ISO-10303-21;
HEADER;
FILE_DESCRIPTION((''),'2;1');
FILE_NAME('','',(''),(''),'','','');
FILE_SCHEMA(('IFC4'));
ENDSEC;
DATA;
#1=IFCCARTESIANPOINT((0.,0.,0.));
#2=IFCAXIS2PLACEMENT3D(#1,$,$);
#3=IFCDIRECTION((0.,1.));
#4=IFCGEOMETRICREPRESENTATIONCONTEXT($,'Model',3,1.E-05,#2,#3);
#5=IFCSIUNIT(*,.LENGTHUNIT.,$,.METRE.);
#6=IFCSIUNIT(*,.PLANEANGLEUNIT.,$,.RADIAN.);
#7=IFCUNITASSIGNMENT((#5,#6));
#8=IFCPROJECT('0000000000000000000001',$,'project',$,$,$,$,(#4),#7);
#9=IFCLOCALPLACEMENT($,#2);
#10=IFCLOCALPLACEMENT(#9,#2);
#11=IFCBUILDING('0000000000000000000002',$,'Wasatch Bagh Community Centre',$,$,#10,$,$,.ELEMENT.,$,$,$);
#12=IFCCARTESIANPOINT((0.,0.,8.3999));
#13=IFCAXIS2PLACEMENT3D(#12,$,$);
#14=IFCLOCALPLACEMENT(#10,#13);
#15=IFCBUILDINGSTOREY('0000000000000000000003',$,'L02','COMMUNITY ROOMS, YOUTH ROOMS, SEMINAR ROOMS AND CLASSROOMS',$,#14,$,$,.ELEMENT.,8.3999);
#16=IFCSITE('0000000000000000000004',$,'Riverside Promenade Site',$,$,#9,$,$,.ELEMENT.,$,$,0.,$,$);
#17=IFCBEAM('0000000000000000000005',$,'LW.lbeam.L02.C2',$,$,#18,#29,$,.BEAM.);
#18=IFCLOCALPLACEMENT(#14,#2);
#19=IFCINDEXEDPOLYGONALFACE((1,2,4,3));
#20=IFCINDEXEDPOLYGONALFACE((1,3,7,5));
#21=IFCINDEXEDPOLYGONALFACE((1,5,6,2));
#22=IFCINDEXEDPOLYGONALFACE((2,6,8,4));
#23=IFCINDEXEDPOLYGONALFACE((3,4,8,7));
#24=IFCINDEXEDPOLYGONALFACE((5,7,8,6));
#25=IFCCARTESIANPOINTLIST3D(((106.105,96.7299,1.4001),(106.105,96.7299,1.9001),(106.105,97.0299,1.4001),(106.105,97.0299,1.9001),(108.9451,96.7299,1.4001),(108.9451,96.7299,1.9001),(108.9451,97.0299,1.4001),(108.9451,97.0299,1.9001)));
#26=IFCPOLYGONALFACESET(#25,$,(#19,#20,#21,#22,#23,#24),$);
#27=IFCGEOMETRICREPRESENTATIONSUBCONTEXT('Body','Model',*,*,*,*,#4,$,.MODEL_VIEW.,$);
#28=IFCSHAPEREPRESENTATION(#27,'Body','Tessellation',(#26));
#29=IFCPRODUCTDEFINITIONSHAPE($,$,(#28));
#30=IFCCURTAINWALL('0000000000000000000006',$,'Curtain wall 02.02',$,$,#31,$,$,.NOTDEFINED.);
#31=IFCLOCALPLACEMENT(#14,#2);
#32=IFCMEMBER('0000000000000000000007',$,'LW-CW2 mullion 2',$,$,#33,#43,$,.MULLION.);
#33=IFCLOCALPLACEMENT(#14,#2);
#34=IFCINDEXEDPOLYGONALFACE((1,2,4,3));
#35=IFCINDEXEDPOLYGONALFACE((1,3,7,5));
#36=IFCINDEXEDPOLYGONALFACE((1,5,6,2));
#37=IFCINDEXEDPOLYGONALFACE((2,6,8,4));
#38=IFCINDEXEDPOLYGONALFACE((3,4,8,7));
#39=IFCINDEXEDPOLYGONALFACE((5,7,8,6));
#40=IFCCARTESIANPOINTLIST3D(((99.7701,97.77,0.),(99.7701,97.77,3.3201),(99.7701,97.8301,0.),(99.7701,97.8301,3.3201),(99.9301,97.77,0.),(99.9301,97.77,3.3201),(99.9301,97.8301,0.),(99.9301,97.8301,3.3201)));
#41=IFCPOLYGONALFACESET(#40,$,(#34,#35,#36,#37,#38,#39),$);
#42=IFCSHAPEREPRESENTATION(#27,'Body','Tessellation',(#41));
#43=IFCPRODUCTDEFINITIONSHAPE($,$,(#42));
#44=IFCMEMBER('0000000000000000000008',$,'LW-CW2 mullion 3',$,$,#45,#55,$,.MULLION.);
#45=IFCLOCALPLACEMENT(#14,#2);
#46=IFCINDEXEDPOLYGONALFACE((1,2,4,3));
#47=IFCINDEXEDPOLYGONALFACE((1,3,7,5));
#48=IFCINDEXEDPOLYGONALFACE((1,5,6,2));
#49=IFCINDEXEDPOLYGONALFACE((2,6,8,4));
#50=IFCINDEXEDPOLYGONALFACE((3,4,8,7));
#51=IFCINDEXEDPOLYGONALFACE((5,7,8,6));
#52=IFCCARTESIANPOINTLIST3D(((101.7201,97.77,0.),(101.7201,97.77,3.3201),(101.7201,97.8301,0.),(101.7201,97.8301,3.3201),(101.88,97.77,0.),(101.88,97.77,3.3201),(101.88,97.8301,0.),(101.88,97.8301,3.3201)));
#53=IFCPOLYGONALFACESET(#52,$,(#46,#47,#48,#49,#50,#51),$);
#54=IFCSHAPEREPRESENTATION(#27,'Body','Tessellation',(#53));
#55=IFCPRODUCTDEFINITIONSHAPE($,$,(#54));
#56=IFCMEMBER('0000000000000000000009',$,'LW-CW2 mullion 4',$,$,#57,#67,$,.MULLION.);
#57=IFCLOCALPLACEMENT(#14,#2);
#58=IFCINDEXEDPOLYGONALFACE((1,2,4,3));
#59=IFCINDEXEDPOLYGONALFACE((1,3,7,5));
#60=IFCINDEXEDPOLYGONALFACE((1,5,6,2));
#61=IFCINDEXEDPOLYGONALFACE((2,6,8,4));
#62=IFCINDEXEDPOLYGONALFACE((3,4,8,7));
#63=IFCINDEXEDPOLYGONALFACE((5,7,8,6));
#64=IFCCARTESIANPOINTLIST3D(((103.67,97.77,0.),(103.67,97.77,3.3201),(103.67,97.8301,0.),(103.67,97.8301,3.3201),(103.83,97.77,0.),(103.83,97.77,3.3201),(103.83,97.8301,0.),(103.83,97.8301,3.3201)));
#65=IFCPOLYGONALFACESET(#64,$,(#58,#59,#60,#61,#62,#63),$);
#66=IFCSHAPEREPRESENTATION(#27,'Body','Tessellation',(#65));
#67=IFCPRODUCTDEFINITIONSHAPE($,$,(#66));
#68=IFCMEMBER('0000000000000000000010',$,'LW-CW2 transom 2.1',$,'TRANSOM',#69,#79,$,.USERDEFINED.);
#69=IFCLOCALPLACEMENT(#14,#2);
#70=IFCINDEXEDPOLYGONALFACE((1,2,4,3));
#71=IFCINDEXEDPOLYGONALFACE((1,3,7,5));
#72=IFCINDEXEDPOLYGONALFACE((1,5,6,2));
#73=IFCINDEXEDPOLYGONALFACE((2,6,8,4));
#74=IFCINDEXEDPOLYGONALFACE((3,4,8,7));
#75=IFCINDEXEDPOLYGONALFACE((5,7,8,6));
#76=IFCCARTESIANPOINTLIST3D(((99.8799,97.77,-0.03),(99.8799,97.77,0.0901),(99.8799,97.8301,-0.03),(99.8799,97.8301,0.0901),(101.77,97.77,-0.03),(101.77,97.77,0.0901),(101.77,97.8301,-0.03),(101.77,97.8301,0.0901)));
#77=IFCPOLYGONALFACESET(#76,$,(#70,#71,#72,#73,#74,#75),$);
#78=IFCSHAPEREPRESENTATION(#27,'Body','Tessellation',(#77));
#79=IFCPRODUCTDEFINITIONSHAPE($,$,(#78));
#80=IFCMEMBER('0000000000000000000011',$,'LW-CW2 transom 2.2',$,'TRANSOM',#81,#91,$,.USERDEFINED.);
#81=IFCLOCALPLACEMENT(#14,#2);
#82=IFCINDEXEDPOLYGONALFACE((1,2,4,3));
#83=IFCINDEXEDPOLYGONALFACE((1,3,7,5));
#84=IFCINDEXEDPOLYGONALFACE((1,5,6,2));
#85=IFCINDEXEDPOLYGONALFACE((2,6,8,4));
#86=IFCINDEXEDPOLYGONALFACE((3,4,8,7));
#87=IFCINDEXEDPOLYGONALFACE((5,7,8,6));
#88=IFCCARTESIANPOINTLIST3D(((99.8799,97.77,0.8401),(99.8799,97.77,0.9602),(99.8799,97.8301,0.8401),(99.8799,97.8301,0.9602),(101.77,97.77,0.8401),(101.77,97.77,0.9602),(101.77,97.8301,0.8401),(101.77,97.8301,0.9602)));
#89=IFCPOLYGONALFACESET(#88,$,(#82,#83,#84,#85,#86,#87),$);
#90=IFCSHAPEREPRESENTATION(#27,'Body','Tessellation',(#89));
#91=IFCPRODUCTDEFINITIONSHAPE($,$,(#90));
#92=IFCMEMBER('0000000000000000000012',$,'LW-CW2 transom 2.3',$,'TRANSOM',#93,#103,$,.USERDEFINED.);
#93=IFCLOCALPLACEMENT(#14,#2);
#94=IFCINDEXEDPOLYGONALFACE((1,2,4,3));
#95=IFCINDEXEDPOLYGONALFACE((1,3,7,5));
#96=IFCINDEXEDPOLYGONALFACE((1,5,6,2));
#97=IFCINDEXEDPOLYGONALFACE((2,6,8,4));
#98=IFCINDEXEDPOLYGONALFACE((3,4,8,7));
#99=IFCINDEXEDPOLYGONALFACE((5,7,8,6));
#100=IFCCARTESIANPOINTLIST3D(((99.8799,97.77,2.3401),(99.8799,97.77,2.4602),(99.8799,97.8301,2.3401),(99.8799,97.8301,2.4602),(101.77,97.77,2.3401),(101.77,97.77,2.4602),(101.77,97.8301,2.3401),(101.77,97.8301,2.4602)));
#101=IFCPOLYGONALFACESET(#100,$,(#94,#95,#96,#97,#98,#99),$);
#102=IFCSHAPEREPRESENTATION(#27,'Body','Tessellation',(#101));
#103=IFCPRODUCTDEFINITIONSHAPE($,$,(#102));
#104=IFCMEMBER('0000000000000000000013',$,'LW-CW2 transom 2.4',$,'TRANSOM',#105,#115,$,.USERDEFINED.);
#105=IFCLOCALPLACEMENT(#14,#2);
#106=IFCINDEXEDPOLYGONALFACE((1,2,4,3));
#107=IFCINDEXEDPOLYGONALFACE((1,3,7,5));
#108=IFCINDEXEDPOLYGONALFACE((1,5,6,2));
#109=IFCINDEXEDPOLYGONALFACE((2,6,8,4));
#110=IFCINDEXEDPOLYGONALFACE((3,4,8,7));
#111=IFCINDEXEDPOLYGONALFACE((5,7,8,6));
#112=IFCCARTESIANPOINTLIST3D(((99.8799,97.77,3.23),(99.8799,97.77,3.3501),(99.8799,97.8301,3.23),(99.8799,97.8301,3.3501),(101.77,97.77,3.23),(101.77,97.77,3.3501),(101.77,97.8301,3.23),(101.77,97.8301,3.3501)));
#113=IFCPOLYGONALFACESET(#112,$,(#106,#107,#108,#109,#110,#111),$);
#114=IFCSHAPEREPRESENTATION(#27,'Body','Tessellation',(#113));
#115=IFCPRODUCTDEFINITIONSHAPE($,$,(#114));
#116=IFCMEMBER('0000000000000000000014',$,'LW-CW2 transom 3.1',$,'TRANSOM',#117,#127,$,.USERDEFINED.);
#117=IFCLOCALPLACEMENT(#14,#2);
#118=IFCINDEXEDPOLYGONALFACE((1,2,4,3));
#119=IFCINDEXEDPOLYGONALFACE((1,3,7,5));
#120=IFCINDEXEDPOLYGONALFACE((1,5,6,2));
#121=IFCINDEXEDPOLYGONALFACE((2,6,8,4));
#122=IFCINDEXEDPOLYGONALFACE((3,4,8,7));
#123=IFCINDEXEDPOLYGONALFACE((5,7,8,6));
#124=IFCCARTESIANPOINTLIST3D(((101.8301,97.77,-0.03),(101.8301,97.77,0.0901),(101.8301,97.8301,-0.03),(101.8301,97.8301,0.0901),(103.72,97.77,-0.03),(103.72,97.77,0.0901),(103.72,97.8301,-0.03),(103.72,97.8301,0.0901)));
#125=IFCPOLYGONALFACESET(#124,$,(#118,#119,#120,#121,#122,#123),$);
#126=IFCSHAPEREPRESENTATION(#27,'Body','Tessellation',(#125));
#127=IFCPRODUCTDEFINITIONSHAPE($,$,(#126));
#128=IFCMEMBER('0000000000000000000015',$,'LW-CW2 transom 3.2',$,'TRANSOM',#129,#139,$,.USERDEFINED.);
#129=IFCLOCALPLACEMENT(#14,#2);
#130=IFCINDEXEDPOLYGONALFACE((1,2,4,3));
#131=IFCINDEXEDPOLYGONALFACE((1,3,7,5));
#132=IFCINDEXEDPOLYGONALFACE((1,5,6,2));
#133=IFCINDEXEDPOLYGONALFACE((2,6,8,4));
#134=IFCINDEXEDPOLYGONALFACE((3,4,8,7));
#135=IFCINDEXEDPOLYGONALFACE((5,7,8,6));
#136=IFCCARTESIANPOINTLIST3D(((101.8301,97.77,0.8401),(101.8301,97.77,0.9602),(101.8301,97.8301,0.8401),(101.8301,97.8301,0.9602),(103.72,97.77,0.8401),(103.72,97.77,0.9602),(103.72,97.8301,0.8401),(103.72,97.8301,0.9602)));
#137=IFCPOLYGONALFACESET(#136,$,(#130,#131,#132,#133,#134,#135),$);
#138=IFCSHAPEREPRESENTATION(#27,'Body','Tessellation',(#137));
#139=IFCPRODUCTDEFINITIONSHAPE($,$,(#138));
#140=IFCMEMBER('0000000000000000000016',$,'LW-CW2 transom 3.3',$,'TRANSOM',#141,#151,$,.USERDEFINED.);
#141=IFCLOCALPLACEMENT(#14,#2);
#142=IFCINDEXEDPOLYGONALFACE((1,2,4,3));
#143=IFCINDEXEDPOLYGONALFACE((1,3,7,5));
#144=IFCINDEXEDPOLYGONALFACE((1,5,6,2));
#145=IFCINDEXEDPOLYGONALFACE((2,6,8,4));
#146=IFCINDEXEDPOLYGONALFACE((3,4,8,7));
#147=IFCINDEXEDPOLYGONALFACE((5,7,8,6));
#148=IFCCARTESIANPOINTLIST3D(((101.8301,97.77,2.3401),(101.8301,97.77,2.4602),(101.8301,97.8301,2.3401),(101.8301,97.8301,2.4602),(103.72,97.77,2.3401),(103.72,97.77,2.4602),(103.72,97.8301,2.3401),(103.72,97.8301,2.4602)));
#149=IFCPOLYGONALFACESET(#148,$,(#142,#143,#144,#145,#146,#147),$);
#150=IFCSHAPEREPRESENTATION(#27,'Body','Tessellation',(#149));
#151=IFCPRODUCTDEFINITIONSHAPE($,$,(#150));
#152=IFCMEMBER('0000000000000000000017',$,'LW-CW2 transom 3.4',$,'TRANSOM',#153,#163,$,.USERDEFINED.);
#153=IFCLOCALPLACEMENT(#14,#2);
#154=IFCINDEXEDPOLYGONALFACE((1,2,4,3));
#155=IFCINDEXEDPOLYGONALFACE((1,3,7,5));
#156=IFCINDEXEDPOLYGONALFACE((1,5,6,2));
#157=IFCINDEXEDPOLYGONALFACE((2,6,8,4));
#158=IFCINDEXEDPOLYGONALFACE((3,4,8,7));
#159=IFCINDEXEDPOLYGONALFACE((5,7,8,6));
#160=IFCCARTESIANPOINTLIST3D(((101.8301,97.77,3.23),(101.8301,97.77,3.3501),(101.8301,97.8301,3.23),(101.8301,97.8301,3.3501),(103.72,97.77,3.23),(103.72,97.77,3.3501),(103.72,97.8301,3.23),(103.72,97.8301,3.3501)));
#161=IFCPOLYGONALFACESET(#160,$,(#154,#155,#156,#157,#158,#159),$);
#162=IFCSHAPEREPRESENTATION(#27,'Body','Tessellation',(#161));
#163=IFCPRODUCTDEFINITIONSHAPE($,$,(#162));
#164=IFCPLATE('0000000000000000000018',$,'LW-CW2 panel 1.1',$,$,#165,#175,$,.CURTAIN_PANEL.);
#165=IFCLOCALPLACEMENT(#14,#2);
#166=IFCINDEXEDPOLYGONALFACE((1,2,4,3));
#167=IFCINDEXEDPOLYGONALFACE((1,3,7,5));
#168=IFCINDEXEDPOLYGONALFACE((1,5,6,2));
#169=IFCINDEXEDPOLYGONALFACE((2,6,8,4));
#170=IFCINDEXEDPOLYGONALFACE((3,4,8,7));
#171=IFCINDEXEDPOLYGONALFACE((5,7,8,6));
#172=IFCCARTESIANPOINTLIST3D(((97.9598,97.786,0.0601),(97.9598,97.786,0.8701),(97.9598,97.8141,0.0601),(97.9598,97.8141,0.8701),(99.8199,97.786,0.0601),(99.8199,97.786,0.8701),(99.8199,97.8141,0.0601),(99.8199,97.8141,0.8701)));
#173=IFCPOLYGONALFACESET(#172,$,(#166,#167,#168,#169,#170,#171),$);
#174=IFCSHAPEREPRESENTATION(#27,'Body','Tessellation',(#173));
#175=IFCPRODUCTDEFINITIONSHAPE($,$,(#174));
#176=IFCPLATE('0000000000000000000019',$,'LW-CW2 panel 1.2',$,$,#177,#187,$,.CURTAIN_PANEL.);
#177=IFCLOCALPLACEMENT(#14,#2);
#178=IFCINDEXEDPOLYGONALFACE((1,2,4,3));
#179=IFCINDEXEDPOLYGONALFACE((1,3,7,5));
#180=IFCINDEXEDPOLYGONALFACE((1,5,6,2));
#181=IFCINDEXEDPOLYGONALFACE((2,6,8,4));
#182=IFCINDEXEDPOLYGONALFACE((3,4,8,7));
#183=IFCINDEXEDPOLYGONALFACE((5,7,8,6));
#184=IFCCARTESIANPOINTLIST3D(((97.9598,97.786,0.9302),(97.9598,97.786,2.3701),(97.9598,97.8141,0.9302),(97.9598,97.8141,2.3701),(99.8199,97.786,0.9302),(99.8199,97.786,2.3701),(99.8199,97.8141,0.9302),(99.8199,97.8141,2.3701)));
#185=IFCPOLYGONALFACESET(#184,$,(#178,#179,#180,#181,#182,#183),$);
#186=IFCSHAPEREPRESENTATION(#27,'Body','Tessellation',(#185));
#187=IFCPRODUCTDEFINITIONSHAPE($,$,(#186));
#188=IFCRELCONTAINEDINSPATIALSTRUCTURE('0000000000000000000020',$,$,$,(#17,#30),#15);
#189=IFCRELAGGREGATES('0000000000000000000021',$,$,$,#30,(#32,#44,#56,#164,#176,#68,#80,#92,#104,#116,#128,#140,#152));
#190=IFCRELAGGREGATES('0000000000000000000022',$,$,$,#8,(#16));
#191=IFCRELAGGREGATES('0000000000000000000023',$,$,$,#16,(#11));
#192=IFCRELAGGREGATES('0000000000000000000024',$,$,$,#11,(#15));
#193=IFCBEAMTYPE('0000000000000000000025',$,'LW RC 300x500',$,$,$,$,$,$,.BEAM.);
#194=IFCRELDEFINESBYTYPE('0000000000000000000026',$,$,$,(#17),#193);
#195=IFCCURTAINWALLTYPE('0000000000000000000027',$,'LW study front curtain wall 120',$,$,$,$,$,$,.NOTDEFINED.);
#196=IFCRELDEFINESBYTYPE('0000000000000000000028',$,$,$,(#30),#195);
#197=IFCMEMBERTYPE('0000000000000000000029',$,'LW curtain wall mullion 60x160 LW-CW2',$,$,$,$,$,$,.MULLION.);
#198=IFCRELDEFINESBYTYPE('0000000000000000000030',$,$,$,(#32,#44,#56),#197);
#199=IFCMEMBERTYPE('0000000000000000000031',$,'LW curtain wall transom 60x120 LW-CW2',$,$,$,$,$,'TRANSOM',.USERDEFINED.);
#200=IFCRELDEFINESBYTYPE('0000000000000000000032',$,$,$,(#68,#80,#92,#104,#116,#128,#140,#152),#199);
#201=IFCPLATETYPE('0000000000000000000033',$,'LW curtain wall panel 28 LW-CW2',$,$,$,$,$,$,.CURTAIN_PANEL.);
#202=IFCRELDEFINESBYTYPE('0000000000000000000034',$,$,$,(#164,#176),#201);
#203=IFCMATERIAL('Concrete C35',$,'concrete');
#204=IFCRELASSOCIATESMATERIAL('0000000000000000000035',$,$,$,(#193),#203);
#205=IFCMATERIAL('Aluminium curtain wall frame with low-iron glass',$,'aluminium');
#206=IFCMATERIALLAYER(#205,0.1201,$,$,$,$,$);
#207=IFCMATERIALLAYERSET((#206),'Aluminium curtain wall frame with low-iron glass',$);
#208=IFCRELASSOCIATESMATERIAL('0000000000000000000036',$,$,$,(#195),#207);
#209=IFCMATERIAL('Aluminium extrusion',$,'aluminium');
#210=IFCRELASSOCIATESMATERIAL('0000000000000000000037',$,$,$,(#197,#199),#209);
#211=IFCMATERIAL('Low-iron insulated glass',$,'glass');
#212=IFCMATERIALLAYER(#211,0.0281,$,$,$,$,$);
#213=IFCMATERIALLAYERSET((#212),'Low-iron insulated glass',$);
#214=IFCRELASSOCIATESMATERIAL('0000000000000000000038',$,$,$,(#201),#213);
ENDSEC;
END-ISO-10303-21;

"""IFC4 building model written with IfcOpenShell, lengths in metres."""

from ifc_helpers import new_model, si_unit, direction, frame, origin, origin_2d, place, context, subcontext, project, spatial, rectangle, extrude, material, layer, layer_set, material_profile, profile_set, type_object, element, aggregate, save


model = new_model("IFC4")

# Units and contexts
model_context = context("Model", 3, precision=1e-05, world=origin(), true_north=direction((0.0, 1.0)))
body_context = subcontext(model_context, "Body", "Model", "MODEL_VIEW")
ifc_project = project(units=[si_unit("LENGTHUNIT", "METRE"), si_unit("PLANEANGLEUNIT", "RADIAN")], contexts=[model_context])

# Site, building, storey
site_placement = place(None, origin())
site = spatial("IfcSite", under=ifc_project, at=site_placement, Name="Riverside Promenade Site", CompositionType="ELEMENT", RefElevation=0.0)
building_placement = place(site_placement, origin())
building = spatial("IfcBuilding", under=site, at=building_placement, Name="Wasatch Bagh Community Centre", CompositionType="ELEMENT")
storey_placement = place(building_placement, frame((0.0, 0.0, 8.3999)))
storey = spatial("IfcBuildingStorey", under=building, at=storey_placement, Name="L02", Description="COMMUNITY ROOMS, YOUTH ROOMS, SEMINAR ROOMS AND CLASSROOMS", CompositionType="ELEMENT", Elevation=8.3999)

# Beam
ifc_material_1 = material(Name="Concrete C35", Category="concrete")
ifc_material_profile_1 = material_profile(ifc_material_1, rectangle(XDim=0.3, YDim=0.5, at=origin_2d()), Name="RC 300x500")
ifc_profile_set_1 = profile_set([ifc_material_profile_1], Name="Concrete C35")
beam_type = type_object("IfcBeamType", Name="LW RC 300x500", PredefinedType="BEAM", material=ifc_profile_set_1)
beam_placement = place(storey_placement, frame((106.105, 96.8799, 1.6501), z_axis=(1.0, 0.0, 0.0), x_axis=(0.0, 1.0, 0.0)))
element("IfcBeam", 1, at=beam_placement, inside=storey, type_object=beam_type, Name="LW.lbeam.L02.C2", PredefinedType="BEAM", context=body_context, shape_type="SweptSolid", body=[
    extrude(rectangle(XDim=0.3, YDim=0.5, at=origin_2d()), origin(), (0.0, 0.0, 1.0), 2.8401),
])

# Curtain wall, members, plates
ifc_material_2 = material(Name="Aluminium curtain wall frame with low-iron glass", Category="aluminium")
ifc_layer_1 = layer(ifc_material_2, 0.1201)
ifc_layer_set_1 = layer_set([ifc_layer_1], Name="Aluminium curtain wall frame with low-iron glass")
curtain_wall_type = type_object("IfcCurtainWallType", Name="LW study front curtain wall 120", PredefinedType="NOTDEFINED", material=ifc_layer_set_1)
curtain_wall_placement = place(storey_placement, origin())
curtain_wall = element("IfcCurtainWall", 2, at=curtain_wall_placement, inside=storey, type_object=curtain_wall_type, Name="Curtain wall 02.02", PredefinedType="NOTDEFINED")
ifc_material_3 = material(Name="Aluminium extrusion", Category="aluminium")
ifc_material_profile_2 = material_profile(ifc_material_3, rectangle(XDim=0.0601, YDim=0.1599, at=origin_2d()), Name="AL 60x160")
ifc_profile_set_2 = profile_set([ifc_material_profile_2], Name="Aluminium extrusion")
member_type_1 = type_object("IfcMemberType", Name="LW curtain wall mullion 60x160 LW-CW2", PredefinedType="MULLION", material=ifc_profile_set_2)
member_1_placement = place(storey_placement, frame((99.8501, 97.8, 0.0), z_axis=(0.0, 0.0, 1.0), x_axis=(0.0, 1.0, 0.0)))
member_1 = element("IfcMember", 3, at=member_1_placement, type_object=member_type_1, Name="LW-CW2 mullion 2", PredefinedType="MULLION", context=body_context, shape_type="SweptSolid", body=[
    extrude(rectangle(XDim=0.0601, YDim=0.1599, at=origin_2d()), origin(), (0.0, 0.0, 1.0), 3.3201),
])
member_2_placement = place(storey_placement, frame((101.8, 97.8, 0.0), z_axis=(0.0, 0.0, 1.0), x_axis=(0.0, 1.0, 0.0)))
member_2 = element("IfcMember", 4, at=member_2_placement, type_object=member_type_1, Name="LW-CW2 mullion 3", PredefinedType="MULLION", context=body_context, shape_type="SweptSolid", body=[
    extrude(rectangle(XDim=0.0601, YDim=0.1599, at=origin_2d()), origin(), (0.0, 0.0, 1.0), 3.3201),
])
member_3_placement = place(storey_placement, frame((103.75, 97.8, 0.0), z_axis=(0.0, 0.0, 1.0), x_axis=(0.0, 1.0, 0.0)))
member_3 = element("IfcMember", 5, at=member_3_placement, type_object=member_type_1, Name="LW-CW2 mullion 4", PredefinedType="MULLION", context=body_context, shape_type="SweptSolid", body=[
    extrude(rectangle(XDim=0.0601, YDim=0.1599, at=origin_2d()), origin(), (0.0, 0.0, 1.0), 3.3201),
])
ifc_material_profile_3 = material_profile(ifc_material_3, rectangle(XDim=0.0601, YDim=0.1201, at=origin_2d()), Name="AL 60x120")
ifc_profile_set_3 = profile_set([ifc_material_profile_3], Name="Aluminium extrusion")
member_type_2 = type_object("IfcMemberType", Name="LW curtain wall transom 60x120 LW-CW2", ElementType="TRANSOM", PredefinedType="USERDEFINED", material=ifc_profile_set_3)
member_4_placement = place(storey_placement, frame((99.8799, 97.8, 0.03), z_axis=(1.0, 0.0, 0.0), x_axis=(0.0, 1.0, 0.0)))
member_4 = element("IfcMember", 6, at=member_4_placement, type_object=member_type_2, Name="LW-CW2 transom 2.1", ObjectType="TRANSOM", PredefinedType="USERDEFINED", context=body_context, shape_type="SweptSolid", body=[
    extrude(rectangle(XDim=0.0601, YDim=0.1201, at=origin_2d()), origin(), (0.0, 0.0, 1.0), 1.8901),
])
member_5_placement = place(storey_placement, frame((99.8799, 97.8, 0.9001), z_axis=(1.0, 0.0, 0.0), x_axis=(0.0, 1.0, 0.0)))
member_5 = element("IfcMember", 7, at=member_5_placement, type_object=member_type_2, Name="LW-CW2 transom 2.2", ObjectType="TRANSOM", PredefinedType="USERDEFINED", context=body_context, shape_type="SweptSolid", body=[
    extrude(rectangle(XDim=0.0601, YDim=0.1201, at=origin_2d()), origin(), (0.0, 0.0, 1.0), 1.8901),
])
member_6_placement = place(storey_placement, frame((99.8799, 97.8, 2.4001), z_axis=(1.0, 0.0, 0.0), x_axis=(0.0, 1.0, 0.0)))
member_6 = element("IfcMember", 8, at=member_6_placement, type_object=member_type_2, Name="LW-CW2 transom 2.3", ObjectType="TRANSOM", PredefinedType="USERDEFINED", context=body_context, shape_type="SweptSolid", body=[
    extrude(rectangle(XDim=0.0601, YDim=0.1201, at=origin_2d()), origin(), (0.0, 0.0, 1.0), 1.8901),
])
member_7_placement = place(storey_placement, frame((99.8799, 97.8, 3.29), z_axis=(1.0, 0.0, 0.0), x_axis=(0.0, 1.0, 0.0)))
member_7 = element("IfcMember", 9, at=member_7_placement, type_object=member_type_2, Name="LW-CW2 transom 2.4", ObjectType="TRANSOM", PredefinedType="USERDEFINED", context=body_context, shape_type="SweptSolid", body=[
    extrude(rectangle(XDim=0.0601, YDim=0.1201, at=origin_2d()), origin(), (0.0, 0.0, 1.0), 1.8901),
])
member_8_placement = place(storey_placement, frame((101.8301, 97.8, 0.03), z_axis=(1.0, 0.0, 0.0), x_axis=(0.0, 1.0, 0.0)))
member_8 = element("IfcMember", 10, at=member_8_placement, type_object=member_type_2, Name="LW-CW2 transom 3.1", ObjectType="TRANSOM", PredefinedType="USERDEFINED", context=body_context, shape_type="SweptSolid", body=[
    extrude(rectangle(XDim=0.0601, YDim=0.1201, at=origin_2d()), origin(), (0.0, 0.0, 1.0), 1.8899),
])
member_9_placement = place(storey_placement, frame((101.8301, 97.8, 0.9001), z_axis=(1.0, 0.0, 0.0), x_axis=(0.0, 1.0, 0.0)))
member_9 = element("IfcMember", 11, at=member_9_placement, type_object=member_type_2, Name="LW-CW2 transom 3.2", ObjectType="TRANSOM", PredefinedType="USERDEFINED", context=body_context, shape_type="SweptSolid", body=[
    extrude(rectangle(XDim=0.0601, YDim=0.1201, at=origin_2d()), origin(), (0.0, 0.0, 1.0), 1.8899),
])
member_10_placement = place(storey_placement, frame((101.8301, 97.8, 2.4001), z_axis=(1.0, 0.0, 0.0), x_axis=(0.0, 1.0, 0.0)))
member_10 = element("IfcMember", 12, at=member_10_placement, type_object=member_type_2, Name="LW-CW2 transom 3.3", ObjectType="TRANSOM", PredefinedType="USERDEFINED", context=body_context, shape_type="SweptSolid", body=[
    extrude(rectangle(XDim=0.0601, YDim=0.1201, at=origin_2d()), origin(), (0.0, 0.0, 1.0), 1.8899),
])
member_11_placement = place(storey_placement, frame((101.8301, 97.8, 3.29), z_axis=(1.0, 0.0, 0.0), x_axis=(0.0, 1.0, 0.0)))
member_11 = element("IfcMember", 13, at=member_11_placement, type_object=member_type_2, Name="LW-CW2 transom 3.4", ObjectType="TRANSOM", PredefinedType="USERDEFINED", context=body_context, shape_type="SweptSolid", body=[
    extrude(rectangle(XDim=0.0601, YDim=0.1201, at=origin_2d()), origin(), (0.0, 0.0, 1.0), 1.8899),
])
ifc_material_4 = material(Name="Low-iron insulated glass", Category="glass")
ifc_layer_2 = layer(ifc_material_4, 0.0281)
ifc_layer_set_2 = layer_set([ifc_layer_2], Name="Low-iron insulated glass")
plate_type = type_object("IfcPlateType", Name="LW curtain wall panel 28 LW-CW2", PredefinedType="CURTAIN_PANEL", material=ifc_layer_set_2)
plate_1_placement = place(storey_placement, frame((98.8899, 97.8, 0.0601), z_axis=(0.0, 0.0, 1.0), x_axis=(1.0, 0.0, 0.0)))
plate_1 = element("IfcPlate", 14, at=plate_1_placement, type_object=plate_type, Name="LW-CW2 panel 1.1", PredefinedType="CURTAIN_PANEL", context=body_context, shape_type="SweptSolid", body=[
    extrude(rectangle(XDim=1.8601, YDim=0.0281, at=origin_2d()), origin(), (0.0, 0.0, 1.0), 0.8101),
])
plate_2_placement = place(storey_placement, frame((98.8899, 97.8, 0.9302), z_axis=(0.0, 0.0, 1.0), x_axis=(1.0, 0.0, 0.0)))
plate_2 = element("IfcPlate", 15, at=plate_2_placement, type_object=plate_type, Name="LW-CW2 panel 1.2", PredefinedType="CURTAIN_PANEL", context=body_context, shape_type="SweptSolid", body=[
    extrude(rectangle(XDim=1.8601, YDim=0.0281, at=origin_2d()), origin(), (0.0, 0.0, 1.0), 1.4399),
])
aggregate(curtain_wall, [member_1, member_2, member_3, plate_1, plate_2, member_4, member_5, member_6, member_7, member_8, member_9, member_10, member_11])

save(model, "model.ifc")
